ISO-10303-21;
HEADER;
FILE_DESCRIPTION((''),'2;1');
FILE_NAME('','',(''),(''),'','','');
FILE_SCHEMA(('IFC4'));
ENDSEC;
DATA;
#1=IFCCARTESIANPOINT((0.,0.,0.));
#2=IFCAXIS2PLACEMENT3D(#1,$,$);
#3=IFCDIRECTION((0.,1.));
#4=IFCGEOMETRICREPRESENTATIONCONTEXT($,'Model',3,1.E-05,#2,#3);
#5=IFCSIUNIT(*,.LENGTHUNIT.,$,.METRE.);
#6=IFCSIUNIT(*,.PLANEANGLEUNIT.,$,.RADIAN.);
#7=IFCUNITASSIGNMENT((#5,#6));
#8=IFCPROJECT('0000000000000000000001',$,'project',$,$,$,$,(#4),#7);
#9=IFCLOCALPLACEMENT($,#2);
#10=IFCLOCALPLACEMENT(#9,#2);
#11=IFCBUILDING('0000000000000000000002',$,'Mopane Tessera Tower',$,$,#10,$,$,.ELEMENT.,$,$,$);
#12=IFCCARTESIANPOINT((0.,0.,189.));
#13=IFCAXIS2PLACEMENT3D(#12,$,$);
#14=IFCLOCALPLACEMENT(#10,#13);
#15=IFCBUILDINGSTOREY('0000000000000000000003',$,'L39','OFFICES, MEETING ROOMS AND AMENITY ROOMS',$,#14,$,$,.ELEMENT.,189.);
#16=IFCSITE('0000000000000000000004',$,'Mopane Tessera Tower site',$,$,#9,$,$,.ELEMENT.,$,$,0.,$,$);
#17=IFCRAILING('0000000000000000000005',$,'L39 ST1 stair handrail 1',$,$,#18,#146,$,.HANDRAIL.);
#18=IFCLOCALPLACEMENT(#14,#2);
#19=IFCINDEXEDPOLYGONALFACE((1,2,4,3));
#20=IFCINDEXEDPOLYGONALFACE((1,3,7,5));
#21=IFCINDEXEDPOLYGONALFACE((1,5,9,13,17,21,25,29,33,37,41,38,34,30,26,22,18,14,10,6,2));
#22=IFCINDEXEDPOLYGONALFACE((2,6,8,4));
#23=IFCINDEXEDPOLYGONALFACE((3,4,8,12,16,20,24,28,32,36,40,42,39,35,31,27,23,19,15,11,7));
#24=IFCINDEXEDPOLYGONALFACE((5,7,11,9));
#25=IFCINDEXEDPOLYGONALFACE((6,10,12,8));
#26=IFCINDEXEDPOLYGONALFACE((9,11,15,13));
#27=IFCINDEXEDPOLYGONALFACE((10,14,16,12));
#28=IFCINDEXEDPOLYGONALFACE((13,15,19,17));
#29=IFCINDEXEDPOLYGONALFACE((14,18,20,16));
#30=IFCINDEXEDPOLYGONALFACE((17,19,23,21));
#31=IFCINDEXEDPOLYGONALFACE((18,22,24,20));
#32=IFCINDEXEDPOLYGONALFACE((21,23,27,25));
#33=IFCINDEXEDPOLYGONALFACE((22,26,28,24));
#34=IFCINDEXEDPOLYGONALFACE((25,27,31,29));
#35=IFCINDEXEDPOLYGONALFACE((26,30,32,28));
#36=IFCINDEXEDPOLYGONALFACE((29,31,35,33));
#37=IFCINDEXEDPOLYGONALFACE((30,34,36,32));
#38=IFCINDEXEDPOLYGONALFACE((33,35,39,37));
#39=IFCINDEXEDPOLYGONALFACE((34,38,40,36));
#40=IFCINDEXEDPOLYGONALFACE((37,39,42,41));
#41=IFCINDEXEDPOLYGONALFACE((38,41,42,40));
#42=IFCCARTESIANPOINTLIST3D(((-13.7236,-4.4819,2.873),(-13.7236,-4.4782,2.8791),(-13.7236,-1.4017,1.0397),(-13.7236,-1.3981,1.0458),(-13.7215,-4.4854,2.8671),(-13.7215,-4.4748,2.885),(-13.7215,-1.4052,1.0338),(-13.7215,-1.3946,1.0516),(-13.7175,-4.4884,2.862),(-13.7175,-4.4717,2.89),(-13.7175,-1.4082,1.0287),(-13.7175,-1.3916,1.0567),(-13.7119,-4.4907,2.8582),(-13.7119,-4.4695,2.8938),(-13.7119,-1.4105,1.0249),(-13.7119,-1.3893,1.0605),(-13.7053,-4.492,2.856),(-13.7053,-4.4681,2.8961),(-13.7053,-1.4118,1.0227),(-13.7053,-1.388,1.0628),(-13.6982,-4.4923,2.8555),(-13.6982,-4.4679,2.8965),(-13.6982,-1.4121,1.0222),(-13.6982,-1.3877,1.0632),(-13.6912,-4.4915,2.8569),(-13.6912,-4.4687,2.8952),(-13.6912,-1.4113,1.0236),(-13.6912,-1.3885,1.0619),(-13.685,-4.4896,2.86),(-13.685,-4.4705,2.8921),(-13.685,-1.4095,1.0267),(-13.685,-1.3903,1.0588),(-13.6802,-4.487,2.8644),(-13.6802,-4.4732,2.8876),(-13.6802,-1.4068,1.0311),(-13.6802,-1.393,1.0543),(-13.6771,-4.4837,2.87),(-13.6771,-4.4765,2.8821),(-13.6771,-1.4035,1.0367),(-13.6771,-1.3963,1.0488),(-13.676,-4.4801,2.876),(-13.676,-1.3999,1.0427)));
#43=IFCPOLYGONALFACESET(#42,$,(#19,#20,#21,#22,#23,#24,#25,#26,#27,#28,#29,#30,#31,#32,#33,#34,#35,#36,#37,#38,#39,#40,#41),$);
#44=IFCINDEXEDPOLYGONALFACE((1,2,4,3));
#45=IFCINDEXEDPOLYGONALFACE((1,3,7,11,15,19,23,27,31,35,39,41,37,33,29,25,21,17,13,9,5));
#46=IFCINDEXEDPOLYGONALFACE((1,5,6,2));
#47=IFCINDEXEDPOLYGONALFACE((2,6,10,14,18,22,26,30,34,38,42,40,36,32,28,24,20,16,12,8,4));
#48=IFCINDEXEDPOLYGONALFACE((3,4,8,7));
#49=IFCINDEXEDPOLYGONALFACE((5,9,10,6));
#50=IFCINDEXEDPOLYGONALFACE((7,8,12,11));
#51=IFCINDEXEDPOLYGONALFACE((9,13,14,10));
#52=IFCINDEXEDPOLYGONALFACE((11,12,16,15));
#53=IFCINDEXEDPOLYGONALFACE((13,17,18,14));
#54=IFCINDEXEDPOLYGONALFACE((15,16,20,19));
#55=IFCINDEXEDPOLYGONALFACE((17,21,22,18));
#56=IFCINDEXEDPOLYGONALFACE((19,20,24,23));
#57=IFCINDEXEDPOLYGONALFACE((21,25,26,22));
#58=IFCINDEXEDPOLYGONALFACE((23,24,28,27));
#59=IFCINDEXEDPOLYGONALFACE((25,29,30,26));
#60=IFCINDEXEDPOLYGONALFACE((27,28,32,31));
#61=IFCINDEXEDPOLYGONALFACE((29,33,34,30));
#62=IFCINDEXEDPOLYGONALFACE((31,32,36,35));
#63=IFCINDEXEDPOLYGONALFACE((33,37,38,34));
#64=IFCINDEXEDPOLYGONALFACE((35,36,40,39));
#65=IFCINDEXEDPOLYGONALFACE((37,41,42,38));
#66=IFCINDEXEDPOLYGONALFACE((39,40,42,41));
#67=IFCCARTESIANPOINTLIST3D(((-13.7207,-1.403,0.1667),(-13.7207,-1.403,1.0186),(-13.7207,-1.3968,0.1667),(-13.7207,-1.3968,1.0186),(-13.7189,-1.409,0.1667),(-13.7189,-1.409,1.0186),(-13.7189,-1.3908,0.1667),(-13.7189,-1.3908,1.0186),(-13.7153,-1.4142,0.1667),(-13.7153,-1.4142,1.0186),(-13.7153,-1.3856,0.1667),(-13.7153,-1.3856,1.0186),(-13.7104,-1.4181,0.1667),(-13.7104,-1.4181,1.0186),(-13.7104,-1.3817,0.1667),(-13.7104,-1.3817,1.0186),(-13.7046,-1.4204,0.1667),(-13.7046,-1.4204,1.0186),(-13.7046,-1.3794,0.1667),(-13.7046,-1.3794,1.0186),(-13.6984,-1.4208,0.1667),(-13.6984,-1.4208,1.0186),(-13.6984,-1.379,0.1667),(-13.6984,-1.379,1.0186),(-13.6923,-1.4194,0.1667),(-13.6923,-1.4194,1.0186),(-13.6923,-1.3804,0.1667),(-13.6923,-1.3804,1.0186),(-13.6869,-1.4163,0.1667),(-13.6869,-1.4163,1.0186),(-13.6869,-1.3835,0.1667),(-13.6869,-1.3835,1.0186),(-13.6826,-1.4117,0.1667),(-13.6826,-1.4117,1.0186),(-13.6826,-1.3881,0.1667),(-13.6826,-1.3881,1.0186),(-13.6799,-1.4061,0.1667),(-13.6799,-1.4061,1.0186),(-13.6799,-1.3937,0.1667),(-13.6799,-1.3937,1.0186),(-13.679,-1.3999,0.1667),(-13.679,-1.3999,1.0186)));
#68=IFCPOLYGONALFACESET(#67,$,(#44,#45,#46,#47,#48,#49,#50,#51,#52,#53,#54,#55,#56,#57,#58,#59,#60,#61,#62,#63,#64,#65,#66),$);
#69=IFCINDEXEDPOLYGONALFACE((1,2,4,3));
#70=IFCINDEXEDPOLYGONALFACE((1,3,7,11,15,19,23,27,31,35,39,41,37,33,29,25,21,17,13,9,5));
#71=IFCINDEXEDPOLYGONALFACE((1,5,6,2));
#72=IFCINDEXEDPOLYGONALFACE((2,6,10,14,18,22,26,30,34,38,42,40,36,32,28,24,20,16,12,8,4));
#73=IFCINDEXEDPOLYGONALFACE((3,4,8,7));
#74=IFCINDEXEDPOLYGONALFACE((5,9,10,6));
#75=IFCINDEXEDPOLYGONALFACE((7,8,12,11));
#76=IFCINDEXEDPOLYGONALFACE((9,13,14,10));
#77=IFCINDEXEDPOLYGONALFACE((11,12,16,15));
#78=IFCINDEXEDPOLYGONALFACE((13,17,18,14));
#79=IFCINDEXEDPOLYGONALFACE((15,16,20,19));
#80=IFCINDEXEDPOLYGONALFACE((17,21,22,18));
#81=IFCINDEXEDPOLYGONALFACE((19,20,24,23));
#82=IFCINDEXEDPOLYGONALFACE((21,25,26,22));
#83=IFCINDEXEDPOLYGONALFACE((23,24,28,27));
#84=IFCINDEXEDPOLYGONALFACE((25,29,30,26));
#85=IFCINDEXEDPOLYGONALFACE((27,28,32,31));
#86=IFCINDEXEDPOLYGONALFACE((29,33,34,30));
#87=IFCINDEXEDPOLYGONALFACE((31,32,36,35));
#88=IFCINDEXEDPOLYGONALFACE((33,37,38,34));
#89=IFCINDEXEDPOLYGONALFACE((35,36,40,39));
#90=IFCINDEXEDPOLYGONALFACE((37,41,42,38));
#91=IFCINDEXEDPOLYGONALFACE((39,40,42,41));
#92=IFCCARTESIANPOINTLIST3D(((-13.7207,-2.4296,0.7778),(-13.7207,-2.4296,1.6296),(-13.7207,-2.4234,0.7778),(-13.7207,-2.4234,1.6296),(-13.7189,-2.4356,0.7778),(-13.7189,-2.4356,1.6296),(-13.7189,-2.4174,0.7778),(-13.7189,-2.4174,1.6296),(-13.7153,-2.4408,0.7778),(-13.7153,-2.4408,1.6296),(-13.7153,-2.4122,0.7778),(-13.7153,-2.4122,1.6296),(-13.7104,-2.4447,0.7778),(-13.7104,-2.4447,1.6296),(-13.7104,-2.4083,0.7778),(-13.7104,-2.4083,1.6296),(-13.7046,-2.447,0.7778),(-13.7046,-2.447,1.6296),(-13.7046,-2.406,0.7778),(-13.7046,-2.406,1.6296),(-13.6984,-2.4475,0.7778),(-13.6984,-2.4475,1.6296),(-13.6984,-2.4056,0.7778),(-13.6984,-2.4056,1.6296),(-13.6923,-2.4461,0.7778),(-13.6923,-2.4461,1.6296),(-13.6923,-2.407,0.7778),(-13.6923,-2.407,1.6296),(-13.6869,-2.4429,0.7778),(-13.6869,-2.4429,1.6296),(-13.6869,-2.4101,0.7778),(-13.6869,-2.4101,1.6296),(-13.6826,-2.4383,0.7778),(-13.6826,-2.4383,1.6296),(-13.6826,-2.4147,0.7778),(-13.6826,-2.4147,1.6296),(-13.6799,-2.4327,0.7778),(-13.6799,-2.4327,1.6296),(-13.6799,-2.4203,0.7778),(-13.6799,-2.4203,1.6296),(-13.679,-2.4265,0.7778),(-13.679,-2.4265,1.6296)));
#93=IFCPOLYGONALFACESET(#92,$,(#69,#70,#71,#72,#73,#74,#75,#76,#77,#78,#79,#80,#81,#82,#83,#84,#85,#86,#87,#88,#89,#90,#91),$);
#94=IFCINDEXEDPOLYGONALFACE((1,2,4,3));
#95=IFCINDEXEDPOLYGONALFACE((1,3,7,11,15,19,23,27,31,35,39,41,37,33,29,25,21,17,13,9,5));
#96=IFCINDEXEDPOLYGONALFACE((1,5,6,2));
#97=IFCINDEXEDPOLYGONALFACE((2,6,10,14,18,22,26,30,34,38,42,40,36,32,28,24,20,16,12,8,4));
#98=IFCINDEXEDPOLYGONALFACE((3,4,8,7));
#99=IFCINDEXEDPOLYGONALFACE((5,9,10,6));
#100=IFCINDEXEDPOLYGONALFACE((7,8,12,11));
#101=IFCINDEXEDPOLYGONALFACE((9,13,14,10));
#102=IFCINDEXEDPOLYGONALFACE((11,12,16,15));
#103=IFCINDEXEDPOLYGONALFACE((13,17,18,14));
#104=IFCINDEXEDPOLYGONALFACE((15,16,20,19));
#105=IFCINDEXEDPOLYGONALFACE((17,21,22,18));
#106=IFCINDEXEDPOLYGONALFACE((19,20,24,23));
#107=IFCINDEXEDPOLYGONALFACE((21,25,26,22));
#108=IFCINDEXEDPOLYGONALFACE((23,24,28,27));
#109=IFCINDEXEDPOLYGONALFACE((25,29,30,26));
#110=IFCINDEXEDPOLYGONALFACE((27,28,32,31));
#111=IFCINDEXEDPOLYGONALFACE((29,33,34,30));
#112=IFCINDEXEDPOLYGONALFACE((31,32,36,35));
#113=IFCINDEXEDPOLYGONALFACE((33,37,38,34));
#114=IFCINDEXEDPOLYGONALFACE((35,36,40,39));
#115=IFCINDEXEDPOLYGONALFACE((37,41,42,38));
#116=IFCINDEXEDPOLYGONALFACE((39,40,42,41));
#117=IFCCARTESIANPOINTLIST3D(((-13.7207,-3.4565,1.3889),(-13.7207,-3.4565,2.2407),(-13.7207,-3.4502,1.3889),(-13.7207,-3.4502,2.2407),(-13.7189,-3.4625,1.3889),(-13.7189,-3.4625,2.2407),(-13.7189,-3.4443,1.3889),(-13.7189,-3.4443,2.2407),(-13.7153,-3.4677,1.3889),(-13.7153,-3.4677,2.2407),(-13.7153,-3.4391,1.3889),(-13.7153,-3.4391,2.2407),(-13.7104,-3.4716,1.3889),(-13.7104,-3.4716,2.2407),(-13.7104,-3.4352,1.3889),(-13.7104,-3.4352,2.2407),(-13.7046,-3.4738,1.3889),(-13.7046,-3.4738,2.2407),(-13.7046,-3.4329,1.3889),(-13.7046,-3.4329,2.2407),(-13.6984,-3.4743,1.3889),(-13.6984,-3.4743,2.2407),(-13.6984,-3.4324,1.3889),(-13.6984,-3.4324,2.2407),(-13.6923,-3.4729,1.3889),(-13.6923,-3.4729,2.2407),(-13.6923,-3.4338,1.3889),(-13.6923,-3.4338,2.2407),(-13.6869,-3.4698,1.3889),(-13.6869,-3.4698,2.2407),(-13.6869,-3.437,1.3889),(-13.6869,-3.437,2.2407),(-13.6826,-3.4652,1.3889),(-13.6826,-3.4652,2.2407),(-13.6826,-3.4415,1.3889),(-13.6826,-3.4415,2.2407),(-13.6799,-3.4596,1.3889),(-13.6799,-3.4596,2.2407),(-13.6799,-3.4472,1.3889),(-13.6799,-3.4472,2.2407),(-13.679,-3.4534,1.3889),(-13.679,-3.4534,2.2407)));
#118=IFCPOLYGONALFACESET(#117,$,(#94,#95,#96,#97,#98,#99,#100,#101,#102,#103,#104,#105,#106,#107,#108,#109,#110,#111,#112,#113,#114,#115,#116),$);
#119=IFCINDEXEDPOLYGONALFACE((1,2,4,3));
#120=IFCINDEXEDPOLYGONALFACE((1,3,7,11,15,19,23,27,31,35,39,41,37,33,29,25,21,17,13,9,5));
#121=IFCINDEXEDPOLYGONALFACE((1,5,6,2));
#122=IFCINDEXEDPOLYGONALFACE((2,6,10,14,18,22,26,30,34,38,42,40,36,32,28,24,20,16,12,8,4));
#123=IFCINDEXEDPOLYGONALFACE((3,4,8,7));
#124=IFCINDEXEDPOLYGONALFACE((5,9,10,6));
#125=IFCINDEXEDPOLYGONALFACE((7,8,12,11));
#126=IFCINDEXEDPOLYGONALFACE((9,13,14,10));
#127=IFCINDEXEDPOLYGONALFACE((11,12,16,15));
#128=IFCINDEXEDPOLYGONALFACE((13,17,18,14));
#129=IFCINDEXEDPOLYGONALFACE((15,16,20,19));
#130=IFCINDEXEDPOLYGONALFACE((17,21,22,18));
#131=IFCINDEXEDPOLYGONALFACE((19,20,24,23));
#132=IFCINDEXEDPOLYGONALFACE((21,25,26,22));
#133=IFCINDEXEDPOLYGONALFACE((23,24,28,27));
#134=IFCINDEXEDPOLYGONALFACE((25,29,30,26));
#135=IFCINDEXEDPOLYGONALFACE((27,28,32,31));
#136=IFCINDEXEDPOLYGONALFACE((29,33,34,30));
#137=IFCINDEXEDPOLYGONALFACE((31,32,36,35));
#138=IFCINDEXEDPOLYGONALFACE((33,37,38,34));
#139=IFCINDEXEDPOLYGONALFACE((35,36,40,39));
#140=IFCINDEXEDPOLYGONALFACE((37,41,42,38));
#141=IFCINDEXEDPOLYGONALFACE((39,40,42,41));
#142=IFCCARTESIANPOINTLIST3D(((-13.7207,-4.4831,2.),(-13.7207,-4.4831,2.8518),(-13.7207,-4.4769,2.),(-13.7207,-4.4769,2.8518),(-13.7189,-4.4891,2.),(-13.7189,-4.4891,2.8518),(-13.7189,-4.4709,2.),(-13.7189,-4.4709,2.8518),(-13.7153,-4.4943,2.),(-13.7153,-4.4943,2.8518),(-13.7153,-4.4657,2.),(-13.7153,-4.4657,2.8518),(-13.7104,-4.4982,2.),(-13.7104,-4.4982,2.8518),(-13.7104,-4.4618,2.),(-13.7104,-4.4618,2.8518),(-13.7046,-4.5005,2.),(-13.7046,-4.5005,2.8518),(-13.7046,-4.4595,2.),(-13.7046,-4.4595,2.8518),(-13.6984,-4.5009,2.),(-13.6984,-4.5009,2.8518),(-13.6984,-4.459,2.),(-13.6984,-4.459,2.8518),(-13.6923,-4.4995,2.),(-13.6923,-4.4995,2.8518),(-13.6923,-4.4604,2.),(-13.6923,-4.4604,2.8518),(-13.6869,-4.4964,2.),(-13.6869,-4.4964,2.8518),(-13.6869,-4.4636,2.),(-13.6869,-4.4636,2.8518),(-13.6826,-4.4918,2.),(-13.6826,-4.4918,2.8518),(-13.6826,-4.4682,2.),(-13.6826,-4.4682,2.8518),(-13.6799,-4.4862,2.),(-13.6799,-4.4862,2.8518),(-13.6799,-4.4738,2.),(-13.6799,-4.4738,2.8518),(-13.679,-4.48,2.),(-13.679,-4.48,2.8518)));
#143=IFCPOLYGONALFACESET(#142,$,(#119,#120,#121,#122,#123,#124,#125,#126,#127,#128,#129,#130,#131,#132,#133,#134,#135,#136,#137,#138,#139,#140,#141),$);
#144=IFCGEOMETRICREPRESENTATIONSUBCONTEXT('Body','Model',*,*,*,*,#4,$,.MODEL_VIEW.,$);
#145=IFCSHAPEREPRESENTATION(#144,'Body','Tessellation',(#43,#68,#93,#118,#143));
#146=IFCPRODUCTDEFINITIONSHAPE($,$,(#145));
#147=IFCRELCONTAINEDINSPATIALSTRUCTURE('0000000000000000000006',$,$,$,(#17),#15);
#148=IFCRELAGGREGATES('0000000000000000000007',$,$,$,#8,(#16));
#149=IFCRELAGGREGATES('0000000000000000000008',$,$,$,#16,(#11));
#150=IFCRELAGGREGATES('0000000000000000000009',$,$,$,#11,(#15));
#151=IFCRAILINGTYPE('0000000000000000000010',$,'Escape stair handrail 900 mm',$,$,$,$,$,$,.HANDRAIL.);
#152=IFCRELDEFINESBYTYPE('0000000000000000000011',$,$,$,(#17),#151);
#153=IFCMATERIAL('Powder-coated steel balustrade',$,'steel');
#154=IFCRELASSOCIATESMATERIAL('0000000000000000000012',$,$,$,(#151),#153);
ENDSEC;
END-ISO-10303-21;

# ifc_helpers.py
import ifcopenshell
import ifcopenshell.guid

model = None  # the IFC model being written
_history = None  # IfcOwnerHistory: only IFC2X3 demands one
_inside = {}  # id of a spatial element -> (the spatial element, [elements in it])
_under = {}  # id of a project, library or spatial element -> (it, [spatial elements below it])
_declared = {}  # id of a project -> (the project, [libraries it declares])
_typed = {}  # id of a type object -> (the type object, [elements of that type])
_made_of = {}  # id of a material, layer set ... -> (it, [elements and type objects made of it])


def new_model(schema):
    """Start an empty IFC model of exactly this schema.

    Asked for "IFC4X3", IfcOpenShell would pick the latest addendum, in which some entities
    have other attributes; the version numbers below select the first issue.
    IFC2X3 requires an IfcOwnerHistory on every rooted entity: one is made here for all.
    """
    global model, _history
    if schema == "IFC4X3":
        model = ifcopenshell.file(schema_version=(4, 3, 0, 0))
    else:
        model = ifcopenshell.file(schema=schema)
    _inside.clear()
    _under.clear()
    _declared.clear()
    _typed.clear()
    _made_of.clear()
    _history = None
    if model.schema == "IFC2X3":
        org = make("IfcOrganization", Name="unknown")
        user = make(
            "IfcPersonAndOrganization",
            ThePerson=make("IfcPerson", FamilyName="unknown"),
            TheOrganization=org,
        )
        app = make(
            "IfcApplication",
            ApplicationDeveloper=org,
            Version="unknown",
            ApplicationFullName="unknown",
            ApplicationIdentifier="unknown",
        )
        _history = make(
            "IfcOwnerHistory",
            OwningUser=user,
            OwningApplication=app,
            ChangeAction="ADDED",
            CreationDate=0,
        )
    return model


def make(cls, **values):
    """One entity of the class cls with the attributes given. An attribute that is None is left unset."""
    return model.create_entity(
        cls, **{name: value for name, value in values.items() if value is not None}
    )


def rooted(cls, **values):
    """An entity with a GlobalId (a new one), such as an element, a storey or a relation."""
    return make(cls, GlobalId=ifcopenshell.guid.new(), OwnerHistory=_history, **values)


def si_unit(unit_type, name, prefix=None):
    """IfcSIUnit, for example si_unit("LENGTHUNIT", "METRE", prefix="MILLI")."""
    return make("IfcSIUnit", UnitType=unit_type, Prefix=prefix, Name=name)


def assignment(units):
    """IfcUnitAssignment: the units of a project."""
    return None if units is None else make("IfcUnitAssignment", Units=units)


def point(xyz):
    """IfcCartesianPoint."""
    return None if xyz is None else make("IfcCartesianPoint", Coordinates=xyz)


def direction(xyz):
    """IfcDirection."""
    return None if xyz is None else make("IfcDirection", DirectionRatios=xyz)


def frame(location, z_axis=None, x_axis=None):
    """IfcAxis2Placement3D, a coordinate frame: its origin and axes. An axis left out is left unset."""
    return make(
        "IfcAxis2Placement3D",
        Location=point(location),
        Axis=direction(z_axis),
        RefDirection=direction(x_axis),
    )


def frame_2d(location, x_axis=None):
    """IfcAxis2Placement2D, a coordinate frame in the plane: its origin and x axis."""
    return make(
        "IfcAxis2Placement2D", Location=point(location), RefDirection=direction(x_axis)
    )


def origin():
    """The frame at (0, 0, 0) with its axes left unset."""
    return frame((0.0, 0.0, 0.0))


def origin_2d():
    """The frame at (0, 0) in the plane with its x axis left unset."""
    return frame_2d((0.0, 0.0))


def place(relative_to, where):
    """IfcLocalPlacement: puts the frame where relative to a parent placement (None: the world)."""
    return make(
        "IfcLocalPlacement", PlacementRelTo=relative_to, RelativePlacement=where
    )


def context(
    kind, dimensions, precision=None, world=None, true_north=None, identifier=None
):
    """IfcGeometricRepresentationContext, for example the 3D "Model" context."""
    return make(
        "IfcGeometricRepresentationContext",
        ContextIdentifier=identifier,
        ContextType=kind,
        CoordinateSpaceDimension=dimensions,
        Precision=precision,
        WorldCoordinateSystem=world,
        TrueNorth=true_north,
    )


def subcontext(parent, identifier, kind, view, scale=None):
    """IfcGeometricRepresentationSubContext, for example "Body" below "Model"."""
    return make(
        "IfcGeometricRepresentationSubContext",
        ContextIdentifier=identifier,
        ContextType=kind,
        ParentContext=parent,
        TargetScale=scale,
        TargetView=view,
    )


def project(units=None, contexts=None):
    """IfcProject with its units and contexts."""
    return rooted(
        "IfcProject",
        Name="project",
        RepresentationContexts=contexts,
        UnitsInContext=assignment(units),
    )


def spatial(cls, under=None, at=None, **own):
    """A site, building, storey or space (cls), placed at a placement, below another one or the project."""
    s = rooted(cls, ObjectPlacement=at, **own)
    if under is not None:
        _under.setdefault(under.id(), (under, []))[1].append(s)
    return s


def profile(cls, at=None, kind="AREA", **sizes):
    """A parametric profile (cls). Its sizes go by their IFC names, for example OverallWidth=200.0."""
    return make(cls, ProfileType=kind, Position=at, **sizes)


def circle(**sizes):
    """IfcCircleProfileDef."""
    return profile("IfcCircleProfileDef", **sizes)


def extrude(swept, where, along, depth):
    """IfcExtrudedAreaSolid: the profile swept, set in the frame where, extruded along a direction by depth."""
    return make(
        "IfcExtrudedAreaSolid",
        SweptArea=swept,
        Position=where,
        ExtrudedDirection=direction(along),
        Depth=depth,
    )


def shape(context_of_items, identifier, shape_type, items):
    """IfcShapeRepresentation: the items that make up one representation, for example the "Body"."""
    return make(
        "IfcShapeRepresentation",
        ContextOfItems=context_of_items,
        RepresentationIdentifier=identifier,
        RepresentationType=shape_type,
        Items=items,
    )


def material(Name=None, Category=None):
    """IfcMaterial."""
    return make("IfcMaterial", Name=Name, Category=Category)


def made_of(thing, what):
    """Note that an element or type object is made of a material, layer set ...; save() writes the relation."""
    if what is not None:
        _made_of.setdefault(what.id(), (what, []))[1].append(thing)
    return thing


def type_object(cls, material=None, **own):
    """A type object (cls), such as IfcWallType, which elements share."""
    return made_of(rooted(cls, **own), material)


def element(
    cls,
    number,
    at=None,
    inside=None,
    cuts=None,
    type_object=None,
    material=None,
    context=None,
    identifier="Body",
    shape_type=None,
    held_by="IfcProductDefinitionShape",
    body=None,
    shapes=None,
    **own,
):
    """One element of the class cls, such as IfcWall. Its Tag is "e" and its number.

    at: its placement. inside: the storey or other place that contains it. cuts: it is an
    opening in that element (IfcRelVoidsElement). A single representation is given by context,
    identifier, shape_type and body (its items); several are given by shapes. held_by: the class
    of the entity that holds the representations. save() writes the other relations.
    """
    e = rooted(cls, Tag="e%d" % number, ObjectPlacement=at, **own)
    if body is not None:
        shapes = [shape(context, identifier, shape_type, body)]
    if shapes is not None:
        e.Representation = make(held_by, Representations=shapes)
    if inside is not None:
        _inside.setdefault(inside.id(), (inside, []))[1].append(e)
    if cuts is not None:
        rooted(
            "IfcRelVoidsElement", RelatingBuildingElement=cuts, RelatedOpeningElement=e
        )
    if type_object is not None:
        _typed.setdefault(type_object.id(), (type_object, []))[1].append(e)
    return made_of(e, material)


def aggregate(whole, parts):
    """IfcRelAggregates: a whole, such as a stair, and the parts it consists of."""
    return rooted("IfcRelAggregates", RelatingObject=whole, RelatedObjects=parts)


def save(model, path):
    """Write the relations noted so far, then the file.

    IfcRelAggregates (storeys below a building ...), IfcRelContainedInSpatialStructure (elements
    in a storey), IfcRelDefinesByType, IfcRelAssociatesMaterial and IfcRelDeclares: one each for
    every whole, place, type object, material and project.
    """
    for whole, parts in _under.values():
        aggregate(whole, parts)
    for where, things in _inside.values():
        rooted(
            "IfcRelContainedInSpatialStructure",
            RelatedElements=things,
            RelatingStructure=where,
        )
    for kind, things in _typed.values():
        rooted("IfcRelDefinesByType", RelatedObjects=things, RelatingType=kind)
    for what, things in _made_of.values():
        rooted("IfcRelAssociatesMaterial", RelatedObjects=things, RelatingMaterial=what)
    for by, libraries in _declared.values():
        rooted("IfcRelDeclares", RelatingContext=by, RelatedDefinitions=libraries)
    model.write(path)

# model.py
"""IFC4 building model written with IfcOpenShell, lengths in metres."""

from ifc_helpers import new_model, si_unit, direction, frame, origin, origin_2d, place, context, subcontext, project, spatial, circle, extrude, material, type_object, element, save


model = new_model("IFC4")

# Units and contexts
model_context = context("Model", 3, precision=1e-05, world=origin(), true_north=direction((0.0, 1.0)))
body_context = subcontext(model_context, "Body", "Model", "MODEL_VIEW")
ifc_project = project(units=[si_unit("LENGTHUNIT", "METRE"), si_unit("PLANEANGLEUNIT", "RADIAN")], contexts=[model_context])

# Site, building, storey
site_placement = place(None, origin())
site = spatial("IfcSite", under=ifc_project, at=site_placement, Name="Mopane Tessera Tower site", CompositionType="ELEMENT", RefElevation=0.0)
building_placement = place(site_placement, origin())
building = spatial("IfcBuilding", under=site, at=building_placement, Name="Mopane Tessera Tower", CompositionType="ELEMENT")
storey_placement = place(building_placement, frame((0.0, 0.0, 189.0)))
storey = spatial("IfcBuildingStorey", under=building, at=storey_placement, Name="L39", Description="OFFICES, MEETING ROOMS AND AMENITY ROOMS", CompositionType="ELEMENT", Elevation=189.0)

# Railing
ifc_material_1 = material(Name="Powder-coated steel balustrade", Category="steel")
railing_type_1 = type_object("IfcRailingType", Name="Escape stair handrail 900 mm", PredefinedType="HANDRAIL", material=ifc_material_1)
railing_1_placement = place(storey_placement, frame((-13.7, -1.3999, 0.1667)))
element("IfcRailing", 1, at=railing_1_placement, inside=storey, type_object=railing_type_1, Name="L39 ST1 stair handrail 1", PredefinedType="HANDRAIL", context=body_context, shape_type="SweptSolid", body=[
    extrude(circle(Radius=0.0239, at=origin_2d()), frame((0.0, 0.0, 0.876), z_axis=(0.0, -0.859309, 0.511458), x_axis=(1.0, 0.0, 0.0)), (0.0, 0.0, 1.0), 3.5845),
    extrude(circle(Radius=0.021, at=origin_2d()), origin(), (0.0, 0.0, 1.0), 0.8518),
    extrude(circle(Radius=0.021, at=origin_2d()), frame((0.0, -1.0266, 0.6111)), (0.0, 0.0, 1.0), 0.8518),
    extrude(circle(Radius=0.021, at=origin_2d()), frame((0.0, -2.0535, 1.2222)), (0.0, 0.0, 1.0), 0.8518),
    extrude(circle(Radius=0.021, at=origin_2d()), frame((0.0, -3.0801, 1.8333)), (0.0, 0.0, 1.0), 0.8518),
])

save(model, "model.ifc")
